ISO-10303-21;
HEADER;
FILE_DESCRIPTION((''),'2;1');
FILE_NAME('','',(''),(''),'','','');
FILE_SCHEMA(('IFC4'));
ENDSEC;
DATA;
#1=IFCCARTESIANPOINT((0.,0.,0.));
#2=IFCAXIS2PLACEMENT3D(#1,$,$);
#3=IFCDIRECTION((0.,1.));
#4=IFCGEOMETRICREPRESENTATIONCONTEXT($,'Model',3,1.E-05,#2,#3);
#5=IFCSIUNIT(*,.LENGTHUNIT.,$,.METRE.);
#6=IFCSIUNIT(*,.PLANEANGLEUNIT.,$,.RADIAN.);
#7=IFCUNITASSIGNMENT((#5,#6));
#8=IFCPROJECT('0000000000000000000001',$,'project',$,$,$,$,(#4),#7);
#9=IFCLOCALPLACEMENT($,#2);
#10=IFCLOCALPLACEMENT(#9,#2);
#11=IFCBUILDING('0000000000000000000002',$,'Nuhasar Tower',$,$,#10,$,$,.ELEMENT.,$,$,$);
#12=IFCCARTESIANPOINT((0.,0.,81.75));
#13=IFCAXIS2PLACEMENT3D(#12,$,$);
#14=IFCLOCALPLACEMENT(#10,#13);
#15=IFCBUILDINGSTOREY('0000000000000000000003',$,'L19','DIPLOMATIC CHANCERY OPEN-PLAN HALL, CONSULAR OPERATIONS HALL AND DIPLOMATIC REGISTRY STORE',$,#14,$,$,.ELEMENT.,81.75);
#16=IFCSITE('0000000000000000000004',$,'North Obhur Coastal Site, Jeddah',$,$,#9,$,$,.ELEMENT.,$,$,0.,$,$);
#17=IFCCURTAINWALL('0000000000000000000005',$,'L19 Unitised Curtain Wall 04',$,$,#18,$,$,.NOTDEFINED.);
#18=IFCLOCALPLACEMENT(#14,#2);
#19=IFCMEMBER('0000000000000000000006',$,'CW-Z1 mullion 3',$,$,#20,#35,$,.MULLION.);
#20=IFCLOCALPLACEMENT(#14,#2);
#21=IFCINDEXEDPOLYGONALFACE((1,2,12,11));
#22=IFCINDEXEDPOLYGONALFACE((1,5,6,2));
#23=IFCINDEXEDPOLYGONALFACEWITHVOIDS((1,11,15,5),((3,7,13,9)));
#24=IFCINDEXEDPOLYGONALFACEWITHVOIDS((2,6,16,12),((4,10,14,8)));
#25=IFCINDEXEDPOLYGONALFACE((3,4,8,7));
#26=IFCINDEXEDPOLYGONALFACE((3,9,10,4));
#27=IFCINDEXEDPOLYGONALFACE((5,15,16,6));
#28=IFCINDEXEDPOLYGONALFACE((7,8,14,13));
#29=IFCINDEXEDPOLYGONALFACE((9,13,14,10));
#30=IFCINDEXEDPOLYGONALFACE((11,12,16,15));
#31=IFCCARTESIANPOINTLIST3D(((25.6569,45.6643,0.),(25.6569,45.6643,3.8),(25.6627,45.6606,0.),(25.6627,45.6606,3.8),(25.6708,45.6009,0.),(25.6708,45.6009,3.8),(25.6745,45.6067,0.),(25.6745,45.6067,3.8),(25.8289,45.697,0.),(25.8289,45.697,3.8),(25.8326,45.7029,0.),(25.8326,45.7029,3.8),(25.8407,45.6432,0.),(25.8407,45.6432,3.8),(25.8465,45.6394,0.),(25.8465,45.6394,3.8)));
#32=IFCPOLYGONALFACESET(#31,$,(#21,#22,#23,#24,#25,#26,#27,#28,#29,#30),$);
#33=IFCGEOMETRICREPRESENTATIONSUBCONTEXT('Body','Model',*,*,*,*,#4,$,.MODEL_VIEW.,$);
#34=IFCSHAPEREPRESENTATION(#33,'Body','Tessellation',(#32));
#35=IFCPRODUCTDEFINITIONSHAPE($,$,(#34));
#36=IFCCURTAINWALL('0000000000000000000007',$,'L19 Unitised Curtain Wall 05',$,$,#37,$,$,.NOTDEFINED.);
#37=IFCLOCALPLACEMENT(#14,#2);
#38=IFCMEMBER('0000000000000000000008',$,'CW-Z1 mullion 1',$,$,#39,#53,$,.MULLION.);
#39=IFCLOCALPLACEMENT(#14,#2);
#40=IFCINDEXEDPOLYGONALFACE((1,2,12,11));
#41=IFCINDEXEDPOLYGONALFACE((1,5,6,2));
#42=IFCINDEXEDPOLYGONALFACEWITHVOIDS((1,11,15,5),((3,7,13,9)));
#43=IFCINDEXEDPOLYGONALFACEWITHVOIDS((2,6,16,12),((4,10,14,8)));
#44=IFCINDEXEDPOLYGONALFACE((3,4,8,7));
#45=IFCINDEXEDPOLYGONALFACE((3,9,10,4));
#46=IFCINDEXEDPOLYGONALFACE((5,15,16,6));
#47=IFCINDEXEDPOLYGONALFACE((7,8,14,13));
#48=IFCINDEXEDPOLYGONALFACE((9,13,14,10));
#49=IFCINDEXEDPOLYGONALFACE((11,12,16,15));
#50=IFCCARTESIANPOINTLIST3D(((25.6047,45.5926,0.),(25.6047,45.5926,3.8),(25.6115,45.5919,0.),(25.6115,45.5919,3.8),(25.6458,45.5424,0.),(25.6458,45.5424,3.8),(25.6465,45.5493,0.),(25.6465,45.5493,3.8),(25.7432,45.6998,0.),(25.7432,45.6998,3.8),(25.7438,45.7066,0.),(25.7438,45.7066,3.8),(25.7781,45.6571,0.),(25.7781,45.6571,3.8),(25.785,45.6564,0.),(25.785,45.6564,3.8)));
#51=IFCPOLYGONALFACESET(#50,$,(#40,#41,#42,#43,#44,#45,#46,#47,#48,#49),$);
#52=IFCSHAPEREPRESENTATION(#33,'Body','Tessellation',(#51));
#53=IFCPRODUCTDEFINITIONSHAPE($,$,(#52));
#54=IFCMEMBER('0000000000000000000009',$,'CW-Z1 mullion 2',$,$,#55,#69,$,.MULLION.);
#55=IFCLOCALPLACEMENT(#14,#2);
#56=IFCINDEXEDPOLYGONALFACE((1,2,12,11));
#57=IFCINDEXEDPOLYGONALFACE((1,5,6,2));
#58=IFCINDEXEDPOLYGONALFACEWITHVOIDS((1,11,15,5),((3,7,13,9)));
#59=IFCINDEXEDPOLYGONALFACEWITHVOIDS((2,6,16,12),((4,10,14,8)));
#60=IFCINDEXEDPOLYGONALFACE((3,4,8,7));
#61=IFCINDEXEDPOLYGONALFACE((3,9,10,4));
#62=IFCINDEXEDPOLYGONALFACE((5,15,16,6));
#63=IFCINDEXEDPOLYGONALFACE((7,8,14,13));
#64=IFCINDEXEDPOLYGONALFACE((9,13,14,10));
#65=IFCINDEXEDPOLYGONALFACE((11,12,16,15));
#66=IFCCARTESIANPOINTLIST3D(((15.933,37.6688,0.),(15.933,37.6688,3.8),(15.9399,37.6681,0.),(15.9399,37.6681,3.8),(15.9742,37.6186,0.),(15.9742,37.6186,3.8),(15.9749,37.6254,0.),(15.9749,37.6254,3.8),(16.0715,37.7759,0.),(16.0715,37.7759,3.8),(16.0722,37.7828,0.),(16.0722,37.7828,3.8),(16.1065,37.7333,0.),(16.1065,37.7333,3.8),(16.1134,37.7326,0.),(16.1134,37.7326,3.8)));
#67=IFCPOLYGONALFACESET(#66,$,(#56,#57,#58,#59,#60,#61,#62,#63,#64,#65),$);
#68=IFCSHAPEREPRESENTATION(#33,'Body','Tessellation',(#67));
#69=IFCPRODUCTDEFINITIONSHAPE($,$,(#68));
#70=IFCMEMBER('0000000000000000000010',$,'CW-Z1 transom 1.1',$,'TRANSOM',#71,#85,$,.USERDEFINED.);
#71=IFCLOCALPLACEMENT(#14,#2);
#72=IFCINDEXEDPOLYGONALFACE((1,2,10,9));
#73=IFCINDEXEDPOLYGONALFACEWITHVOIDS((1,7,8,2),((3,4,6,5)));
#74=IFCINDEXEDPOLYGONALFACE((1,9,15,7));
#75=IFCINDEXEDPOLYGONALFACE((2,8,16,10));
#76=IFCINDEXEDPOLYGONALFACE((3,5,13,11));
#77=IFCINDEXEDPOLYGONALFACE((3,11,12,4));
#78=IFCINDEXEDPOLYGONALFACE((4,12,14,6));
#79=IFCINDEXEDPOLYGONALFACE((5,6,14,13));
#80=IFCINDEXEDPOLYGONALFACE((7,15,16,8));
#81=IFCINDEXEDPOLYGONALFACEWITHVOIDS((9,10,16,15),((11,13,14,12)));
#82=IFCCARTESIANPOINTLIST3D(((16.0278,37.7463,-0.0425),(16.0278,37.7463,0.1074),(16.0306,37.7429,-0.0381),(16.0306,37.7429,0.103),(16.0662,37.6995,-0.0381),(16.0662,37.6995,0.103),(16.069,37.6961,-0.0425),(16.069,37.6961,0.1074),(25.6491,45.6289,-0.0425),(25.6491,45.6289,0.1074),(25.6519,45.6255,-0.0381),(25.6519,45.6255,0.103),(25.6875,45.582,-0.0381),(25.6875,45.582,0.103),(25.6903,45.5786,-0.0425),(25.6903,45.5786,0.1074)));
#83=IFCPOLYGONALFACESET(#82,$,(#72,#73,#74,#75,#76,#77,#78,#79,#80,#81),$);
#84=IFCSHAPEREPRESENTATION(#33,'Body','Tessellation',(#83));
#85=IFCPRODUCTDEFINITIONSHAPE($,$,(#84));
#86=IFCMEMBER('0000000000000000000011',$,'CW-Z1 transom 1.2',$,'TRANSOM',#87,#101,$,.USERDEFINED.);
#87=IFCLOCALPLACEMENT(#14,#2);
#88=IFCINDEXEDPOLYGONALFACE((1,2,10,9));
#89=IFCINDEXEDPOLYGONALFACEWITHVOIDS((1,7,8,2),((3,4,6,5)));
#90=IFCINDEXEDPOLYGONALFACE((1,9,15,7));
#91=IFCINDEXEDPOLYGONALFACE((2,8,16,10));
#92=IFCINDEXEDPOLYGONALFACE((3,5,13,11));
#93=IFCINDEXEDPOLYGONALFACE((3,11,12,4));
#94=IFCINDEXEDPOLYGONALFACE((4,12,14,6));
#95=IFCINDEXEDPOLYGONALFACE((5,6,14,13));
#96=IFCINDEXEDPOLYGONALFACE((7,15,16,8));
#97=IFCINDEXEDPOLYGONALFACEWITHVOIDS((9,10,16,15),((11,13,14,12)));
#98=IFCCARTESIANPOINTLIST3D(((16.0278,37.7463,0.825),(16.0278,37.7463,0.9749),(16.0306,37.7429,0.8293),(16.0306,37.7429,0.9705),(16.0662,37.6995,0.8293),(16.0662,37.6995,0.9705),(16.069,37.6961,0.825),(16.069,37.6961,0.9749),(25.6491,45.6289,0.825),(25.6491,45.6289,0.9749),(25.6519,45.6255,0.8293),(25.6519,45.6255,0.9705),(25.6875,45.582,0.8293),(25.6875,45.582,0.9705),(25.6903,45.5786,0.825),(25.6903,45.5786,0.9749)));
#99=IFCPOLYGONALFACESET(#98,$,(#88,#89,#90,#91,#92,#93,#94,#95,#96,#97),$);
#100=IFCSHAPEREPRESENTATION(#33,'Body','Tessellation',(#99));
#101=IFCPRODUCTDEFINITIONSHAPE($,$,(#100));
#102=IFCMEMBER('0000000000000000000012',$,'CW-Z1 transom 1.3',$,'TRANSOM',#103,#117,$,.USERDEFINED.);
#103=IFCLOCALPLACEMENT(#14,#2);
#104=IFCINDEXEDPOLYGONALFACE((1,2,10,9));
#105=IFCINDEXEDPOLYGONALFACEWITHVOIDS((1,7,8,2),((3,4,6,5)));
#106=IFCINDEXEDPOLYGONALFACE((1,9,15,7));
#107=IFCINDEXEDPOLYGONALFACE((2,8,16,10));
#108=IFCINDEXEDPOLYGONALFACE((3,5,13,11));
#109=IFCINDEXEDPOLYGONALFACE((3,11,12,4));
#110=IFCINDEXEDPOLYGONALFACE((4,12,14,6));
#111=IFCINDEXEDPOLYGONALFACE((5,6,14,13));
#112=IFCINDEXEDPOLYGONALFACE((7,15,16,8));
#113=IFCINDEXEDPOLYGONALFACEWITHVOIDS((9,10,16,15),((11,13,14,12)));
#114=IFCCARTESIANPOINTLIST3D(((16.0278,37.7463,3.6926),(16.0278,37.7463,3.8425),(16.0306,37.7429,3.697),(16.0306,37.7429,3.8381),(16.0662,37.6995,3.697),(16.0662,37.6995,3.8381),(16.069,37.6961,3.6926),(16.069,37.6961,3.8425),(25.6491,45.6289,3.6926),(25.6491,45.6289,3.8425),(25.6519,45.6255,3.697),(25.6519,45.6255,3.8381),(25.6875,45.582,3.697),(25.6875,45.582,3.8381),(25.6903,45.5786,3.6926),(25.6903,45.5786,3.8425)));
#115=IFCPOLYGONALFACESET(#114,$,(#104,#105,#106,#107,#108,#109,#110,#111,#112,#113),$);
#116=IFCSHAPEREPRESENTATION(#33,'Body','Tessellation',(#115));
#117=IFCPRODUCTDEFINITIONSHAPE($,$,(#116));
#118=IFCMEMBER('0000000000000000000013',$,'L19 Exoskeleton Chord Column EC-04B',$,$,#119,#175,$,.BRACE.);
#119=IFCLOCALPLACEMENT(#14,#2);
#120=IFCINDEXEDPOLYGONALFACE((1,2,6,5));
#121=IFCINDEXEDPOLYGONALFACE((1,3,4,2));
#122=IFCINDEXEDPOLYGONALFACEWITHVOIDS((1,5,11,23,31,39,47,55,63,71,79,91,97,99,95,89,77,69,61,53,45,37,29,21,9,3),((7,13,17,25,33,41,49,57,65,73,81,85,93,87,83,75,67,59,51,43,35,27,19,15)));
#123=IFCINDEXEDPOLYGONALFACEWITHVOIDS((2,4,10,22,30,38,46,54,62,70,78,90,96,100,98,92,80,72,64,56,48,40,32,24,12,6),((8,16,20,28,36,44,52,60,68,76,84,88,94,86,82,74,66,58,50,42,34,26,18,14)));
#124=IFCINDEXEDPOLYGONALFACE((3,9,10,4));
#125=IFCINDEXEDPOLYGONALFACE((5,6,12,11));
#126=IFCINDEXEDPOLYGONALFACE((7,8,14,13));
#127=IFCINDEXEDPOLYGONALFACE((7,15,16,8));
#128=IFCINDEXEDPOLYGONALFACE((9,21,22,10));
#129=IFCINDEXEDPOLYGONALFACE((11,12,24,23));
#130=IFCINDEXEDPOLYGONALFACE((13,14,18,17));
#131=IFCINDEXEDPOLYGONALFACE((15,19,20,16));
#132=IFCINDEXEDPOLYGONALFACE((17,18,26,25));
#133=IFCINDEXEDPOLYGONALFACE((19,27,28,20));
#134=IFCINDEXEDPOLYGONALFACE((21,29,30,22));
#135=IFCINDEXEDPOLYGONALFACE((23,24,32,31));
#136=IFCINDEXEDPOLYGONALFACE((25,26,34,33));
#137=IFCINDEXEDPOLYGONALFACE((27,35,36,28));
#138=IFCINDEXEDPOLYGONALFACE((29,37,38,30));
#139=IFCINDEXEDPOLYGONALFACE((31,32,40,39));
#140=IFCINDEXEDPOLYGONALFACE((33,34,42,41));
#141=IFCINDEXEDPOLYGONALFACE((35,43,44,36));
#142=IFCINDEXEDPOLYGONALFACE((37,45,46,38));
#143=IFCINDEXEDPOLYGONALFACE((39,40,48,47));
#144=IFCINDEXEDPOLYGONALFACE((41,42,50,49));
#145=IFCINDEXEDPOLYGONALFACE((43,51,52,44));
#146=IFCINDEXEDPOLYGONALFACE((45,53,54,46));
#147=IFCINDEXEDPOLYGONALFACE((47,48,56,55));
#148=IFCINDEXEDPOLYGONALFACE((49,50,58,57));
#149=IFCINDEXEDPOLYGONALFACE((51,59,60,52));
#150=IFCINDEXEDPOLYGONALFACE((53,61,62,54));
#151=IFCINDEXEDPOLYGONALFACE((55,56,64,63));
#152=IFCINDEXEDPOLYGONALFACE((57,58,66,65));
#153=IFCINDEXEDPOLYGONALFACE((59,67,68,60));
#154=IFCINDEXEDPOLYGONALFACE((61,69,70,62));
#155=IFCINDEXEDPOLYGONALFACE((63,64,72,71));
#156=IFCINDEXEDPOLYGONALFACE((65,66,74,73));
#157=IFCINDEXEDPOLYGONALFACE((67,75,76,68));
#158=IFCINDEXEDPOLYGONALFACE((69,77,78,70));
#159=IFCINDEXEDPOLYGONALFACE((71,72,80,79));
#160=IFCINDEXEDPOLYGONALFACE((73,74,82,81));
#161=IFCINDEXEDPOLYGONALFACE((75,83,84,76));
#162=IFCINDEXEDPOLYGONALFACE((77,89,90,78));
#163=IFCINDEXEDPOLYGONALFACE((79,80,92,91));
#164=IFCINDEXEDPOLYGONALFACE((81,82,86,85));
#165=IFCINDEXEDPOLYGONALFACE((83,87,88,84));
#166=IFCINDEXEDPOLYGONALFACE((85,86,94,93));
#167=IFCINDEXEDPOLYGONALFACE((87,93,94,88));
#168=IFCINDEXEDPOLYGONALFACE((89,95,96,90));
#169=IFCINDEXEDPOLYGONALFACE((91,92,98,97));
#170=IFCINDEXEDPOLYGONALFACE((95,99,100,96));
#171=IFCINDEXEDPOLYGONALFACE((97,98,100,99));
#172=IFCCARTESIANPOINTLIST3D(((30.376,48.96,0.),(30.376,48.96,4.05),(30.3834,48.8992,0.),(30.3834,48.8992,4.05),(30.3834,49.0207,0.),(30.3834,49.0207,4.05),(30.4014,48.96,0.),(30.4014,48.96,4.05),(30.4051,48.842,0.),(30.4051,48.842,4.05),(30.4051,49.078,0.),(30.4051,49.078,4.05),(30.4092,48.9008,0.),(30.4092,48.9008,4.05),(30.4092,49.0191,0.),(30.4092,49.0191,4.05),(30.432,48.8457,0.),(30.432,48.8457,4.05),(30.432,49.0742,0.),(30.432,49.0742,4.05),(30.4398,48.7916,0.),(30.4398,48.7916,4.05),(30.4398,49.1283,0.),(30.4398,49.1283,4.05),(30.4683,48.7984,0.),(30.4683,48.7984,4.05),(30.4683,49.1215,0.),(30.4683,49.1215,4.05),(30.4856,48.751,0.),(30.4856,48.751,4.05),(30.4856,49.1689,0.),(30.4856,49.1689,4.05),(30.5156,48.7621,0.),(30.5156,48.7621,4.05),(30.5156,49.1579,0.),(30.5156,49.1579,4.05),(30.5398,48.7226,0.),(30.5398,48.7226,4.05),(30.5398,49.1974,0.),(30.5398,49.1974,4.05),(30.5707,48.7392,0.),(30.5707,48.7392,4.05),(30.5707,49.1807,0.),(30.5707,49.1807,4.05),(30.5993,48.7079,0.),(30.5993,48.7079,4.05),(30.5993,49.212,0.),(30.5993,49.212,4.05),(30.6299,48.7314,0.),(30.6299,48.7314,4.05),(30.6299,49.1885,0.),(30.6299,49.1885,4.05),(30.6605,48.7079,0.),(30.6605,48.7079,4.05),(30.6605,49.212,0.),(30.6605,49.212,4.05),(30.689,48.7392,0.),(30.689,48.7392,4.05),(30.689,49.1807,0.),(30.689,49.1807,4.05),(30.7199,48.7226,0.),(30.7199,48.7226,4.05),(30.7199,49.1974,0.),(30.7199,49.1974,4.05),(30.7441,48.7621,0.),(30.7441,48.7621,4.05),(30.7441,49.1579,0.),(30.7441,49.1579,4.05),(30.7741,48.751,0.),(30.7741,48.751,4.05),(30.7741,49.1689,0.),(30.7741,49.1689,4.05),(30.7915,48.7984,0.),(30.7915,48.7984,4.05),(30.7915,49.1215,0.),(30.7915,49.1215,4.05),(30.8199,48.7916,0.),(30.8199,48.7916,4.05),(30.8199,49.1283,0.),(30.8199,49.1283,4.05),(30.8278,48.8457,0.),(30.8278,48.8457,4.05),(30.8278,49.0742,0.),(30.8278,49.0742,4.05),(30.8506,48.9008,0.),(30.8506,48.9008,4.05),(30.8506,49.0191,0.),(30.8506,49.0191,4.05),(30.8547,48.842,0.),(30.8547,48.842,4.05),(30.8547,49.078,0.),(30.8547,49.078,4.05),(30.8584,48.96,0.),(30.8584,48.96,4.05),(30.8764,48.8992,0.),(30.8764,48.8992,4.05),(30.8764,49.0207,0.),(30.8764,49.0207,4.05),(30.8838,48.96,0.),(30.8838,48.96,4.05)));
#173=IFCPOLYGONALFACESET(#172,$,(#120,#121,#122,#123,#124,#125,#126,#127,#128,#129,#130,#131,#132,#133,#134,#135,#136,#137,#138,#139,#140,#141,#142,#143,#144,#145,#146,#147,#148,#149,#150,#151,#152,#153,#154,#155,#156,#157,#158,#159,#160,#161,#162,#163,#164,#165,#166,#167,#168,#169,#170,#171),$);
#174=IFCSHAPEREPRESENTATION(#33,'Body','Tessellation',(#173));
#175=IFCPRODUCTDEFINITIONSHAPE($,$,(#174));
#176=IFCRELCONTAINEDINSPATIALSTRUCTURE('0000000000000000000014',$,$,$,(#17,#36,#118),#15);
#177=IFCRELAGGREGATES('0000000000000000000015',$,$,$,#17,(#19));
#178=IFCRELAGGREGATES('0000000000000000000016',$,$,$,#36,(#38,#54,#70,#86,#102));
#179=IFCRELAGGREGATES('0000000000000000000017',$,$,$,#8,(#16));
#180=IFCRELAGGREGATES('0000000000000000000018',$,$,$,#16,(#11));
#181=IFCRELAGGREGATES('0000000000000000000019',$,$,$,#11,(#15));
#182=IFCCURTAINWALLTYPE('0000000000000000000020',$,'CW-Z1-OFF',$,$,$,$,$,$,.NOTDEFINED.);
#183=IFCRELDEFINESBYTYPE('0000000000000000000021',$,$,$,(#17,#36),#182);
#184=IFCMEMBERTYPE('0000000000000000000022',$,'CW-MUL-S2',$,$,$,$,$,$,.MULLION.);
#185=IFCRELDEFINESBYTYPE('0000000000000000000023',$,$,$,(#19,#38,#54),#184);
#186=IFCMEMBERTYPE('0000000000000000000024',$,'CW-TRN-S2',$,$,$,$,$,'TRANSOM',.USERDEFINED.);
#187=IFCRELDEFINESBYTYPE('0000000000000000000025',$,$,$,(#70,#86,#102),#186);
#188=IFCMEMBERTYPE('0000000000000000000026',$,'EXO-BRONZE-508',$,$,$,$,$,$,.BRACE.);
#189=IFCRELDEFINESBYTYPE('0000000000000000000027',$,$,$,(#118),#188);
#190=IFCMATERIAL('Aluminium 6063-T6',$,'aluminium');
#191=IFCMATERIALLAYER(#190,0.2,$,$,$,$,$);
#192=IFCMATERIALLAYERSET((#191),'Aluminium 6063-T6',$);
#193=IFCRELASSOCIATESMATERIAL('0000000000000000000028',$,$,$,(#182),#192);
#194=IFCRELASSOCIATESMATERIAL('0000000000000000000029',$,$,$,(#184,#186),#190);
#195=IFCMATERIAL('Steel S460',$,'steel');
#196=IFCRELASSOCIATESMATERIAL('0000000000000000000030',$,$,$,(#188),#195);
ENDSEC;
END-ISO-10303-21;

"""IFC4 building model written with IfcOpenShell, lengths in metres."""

from ifc_helpers import new_model, si_unit, direction, frame, origin, origin_2d, place, context, subcontext, project, spatial, hollow_rectangle, hollow_circle, extrude, material, layer, layer_set, material_profile, profile_set, type_object, element, aggregate, save


model = new_model("IFC4")

# Units and contexts
model_context = context("Model", 3, precision=1e-05, world=origin(), true_north=direction((0.0, 1.0)))
body_context = subcontext(model_context, "Body", "Model", "MODEL_VIEW")
ifc_project = project(units=[si_unit("LENGTHUNIT", "METRE"), si_unit("PLANEANGLEUNIT", "RADIAN")], contexts=[model_context])

# Site, building, storey
site_placement = place(None, origin())
site = spatial("IfcSite", under=ifc_project, at=site_placement, Name="North Obhur Coastal Site, Jeddah", CompositionType="ELEMENT", RefElevation=0.0)
building_placement = place(site_placement, origin())
building = spatial("IfcBuilding", under=site, at=building_placement, Name="Nuhasar Tower", CompositionType="ELEMENT")
storey_placement = place(building_placement, frame((0.0, 0.0, 81.75)))
storey = spatial("IfcBuildingStorey", under=building, at=storey_placement, Name="L19", Description="DIPLOMATIC CHANCERY OPEN-PLAN HALL, CONSULAR OPERATIONS HALL AND DIPLOMATIC REGISTRY STORE", CompositionType="ELEMENT", Elevation=81.75)

# Curtain wall, member
ifc_material_1 = material(Name="Aluminium 6063-T6", Category="aluminium")
ifc_layer_1 = layer(ifc_material_1, 0.2)
ifc_layer_set_1 = layer_set([ifc_layer_1], Name="Aluminium 6063-T6")
curtain_wall_type = type_object("IfcCurtainWallType", Name="CW-Z1-OFF", PredefinedType="NOTDEFINED", material=ifc_layer_set_1)
curtain_wall_1_placement = place(storey_placement, origin())
curtain_wall_1 = element("IfcCurtainWall", 1, at=curtain_wall_1_placement, inside=storey, type_object=curtain_wall_type, Name="L19 Unitised Curtain Wall 04", PredefinedType="NOTDEFINED")
ifc_material_profile_1 = material_profile(ifc_material_1, hollow_rectangle(XDim=0.0649, YDim=0.1799, WallThickness=0.0049, at=origin_2d()), Name="CWM-2")
ifc_profile_set_1 = profile_set([ifc_material_profile_1], Name="Aluminium 6063-T6")
member_type_1 = type_object("IfcMemberType", Name="CW-MUL-S2", PredefinedType="MULLION", material=ifc_profile_set_1)
member_1_placement = place(storey_placement, frame((25.7517, 45.6519, 0.0), z_axis=(0.0, 0.0, 1.0), x_axis=(0.214399, -0.976746, 0.0)))
member_1 = element("IfcMember", 2, at=member_1_placement, type_object=member_type_1, Name="CW-Z1 mullion 3", PredefinedType="MULLION", context=body_context, shape_type="SweptSolid", body=[
    extrude(hollow_rectangle(XDim=0.0649, YDim=0.1799, WallThickness=0.0049, at=origin_2d()), origin(), (0.0, 0.0, 1.0), 3.8),
])

# Curtain wall, members
curtain_wall_2_placement = place(storey_placement, origin())
curtain_wall_2 = element("IfcCurtainWall", 3, at=curtain_wall_2_placement, inside=storey, type_object=curtain_wall_type, Name="L19 Unitised Curtain Wall 05", PredefinedType="NOTDEFINED")
member_2_placement = place(storey_placement, frame((25.6948, 45.6245, 0.0), z_axis=(0.0, 0.0, 1.0), x_axis=(0.633745, -0.773542, 0.0)))
member_2 = element("IfcMember", 4, at=member_2_placement, type_object=member_type_1, Name="CW-Z1 mullion 1", PredefinedType="MULLION", context=body_context, shape_type="SweptSolid", body=[
    extrude(hollow_rectangle(XDim=0.0649, YDim=0.1799, WallThickness=0.0049, at=origin_2d()), origin(), (0.0, 0.0, 1.0), 3.8),
])
member_3_placement = place(storey_placement, frame((16.0232, 37.7007, 0.0), z_axis=(0.0, 0.0, 1.0), x_axis=(0.633745, -0.773542, 0.0)))
member_3 = element("IfcMember", 5, at=member_3_placement, type_object=member_type_1, Name="CW-Z1 mullion 2", PredefinedType="MULLION", context=body_context, shape_type="SweptSolid", body=[
    extrude(hollow_rectangle(XDim=0.0649, YDim=0.1799, WallThickness=0.0049, at=origin_2d()), origin(), (0.0, 0.0, 1.0), 3.8),
])
ifc_material_profile_2 = material_profile(ifc_material_1, hollow_rectangle(XDim=0.0649, YDim=0.1499, WallThickness=0.0044, at=origin_2d()), Name="CWT-2")
ifc_profile_set_2 = profile_set([ifc_material_profile_2], Name="Aluminium 6063-T6")
member_type_2 = type_object("IfcMemberType", Name="CW-TRN-S2", ElementType="TRANSOM", PredefinedType="USERDEFINED", material=ifc_profile_set_2)
member_4_placement = place(storey_placement, frame((25.6697, 45.6038, 0.0325), z_axis=(-0.773541, -0.633746, 0.0), x_axis=(0.633746, -0.773541, 0.0)))
member_4 = element("IfcMember", 6, at=member_4_placement, type_object=member_type_2, Name="CW-Z1 transom 1.1", ObjectType="TRANSOM", PredefinedType="USERDEFINED", context=body_context, shape_type="SweptSolid", body=[
    extrude(hollow_rectangle(XDim=0.0649, YDim=0.1499, WallThickness=0.0044, at=origin_2d()), origin(), (0.0, 0.0, 1.0), 12.438),
])
member_5_placement = place(storey_placement, frame((25.6697, 45.6038, 0.8999), z_axis=(-0.773541, -0.633746, 0.0), x_axis=(0.633746, -0.773541, 0.0)))
member_5 = element("IfcMember", 7, at=member_5_placement, type_object=member_type_2, Name="CW-Z1 transom 1.2", ObjectType="TRANSOM", PredefinedType="USERDEFINED", context=body_context, shape_type="SweptSolid", body=[
    extrude(hollow_rectangle(XDim=0.0649, YDim=0.1499, WallThickness=0.0044, at=origin_2d()), origin(), (0.0, 0.0, 1.0), 12.438),
])
member_6_placement = place(storey_placement, frame((25.6697, 45.6038, 3.7676), z_axis=(-0.773541, -0.633746, 0.0), x_axis=(0.633746, -0.773541, 0.0)))
member_6 = element("IfcMember", 8, at=member_6_placement, type_object=member_type_2, Name="CW-Z1 transom 1.3", ObjectType="TRANSOM", PredefinedType="USERDEFINED", context=body_context, shape_type="SweptSolid", body=[
    extrude(hollow_rectangle(XDim=0.0649, YDim=0.1499, WallThickness=0.0044, at=origin_2d()), origin(), (0.0, 0.0, 1.0), 12.438),
])

# Member
ifc_material_2 = material(Name="Steel S460", Category="steel")
ifc_material_profile_3 = material_profile(ifc_material_2, hollow_circle(Radius=0.2539, WallThickness=0.0254, at=origin_2d()), Name="HSS508X25.4")
ifc_profile_set_3 = profile_set([ifc_material_profile_3], Name="Steel S460")
member_type_3 = type_object("IfcMemberType", Name="EXO-BRONZE-508", PredefinedType="BRACE", material=ifc_profile_set_3)
for number, where, z_axis, x_axis, name in (
    (9, (30.6299, 48.96, 0.0), (0.0, 0.0, 1.0), (1.0, 0.0, 0.0), "L19 Exoskeleton Chord Column EC-04B"),
):
    element("IfcMember", number, at=place(storey_placement, frame(where, z_axis=z_axis, x_axis=x_axis)), inside=storey, type_object=member_type_3, Name=name, PredefinedType="BRACE", context=body_context, shape_type="SweptSolid", body=[
        extrude(hollow_circle(Radius=0.2539, WallThickness=0.0254, at=origin_2d()), origin(), (0.0, 0.0, 1.0), 4.05),
    ])

aggregate(curtain_wall_1, [member_1])
aggregate(curtain_wall_2, [member_2, member_3, member_4, member_5, member_6])

save(model, "model.ifc")
